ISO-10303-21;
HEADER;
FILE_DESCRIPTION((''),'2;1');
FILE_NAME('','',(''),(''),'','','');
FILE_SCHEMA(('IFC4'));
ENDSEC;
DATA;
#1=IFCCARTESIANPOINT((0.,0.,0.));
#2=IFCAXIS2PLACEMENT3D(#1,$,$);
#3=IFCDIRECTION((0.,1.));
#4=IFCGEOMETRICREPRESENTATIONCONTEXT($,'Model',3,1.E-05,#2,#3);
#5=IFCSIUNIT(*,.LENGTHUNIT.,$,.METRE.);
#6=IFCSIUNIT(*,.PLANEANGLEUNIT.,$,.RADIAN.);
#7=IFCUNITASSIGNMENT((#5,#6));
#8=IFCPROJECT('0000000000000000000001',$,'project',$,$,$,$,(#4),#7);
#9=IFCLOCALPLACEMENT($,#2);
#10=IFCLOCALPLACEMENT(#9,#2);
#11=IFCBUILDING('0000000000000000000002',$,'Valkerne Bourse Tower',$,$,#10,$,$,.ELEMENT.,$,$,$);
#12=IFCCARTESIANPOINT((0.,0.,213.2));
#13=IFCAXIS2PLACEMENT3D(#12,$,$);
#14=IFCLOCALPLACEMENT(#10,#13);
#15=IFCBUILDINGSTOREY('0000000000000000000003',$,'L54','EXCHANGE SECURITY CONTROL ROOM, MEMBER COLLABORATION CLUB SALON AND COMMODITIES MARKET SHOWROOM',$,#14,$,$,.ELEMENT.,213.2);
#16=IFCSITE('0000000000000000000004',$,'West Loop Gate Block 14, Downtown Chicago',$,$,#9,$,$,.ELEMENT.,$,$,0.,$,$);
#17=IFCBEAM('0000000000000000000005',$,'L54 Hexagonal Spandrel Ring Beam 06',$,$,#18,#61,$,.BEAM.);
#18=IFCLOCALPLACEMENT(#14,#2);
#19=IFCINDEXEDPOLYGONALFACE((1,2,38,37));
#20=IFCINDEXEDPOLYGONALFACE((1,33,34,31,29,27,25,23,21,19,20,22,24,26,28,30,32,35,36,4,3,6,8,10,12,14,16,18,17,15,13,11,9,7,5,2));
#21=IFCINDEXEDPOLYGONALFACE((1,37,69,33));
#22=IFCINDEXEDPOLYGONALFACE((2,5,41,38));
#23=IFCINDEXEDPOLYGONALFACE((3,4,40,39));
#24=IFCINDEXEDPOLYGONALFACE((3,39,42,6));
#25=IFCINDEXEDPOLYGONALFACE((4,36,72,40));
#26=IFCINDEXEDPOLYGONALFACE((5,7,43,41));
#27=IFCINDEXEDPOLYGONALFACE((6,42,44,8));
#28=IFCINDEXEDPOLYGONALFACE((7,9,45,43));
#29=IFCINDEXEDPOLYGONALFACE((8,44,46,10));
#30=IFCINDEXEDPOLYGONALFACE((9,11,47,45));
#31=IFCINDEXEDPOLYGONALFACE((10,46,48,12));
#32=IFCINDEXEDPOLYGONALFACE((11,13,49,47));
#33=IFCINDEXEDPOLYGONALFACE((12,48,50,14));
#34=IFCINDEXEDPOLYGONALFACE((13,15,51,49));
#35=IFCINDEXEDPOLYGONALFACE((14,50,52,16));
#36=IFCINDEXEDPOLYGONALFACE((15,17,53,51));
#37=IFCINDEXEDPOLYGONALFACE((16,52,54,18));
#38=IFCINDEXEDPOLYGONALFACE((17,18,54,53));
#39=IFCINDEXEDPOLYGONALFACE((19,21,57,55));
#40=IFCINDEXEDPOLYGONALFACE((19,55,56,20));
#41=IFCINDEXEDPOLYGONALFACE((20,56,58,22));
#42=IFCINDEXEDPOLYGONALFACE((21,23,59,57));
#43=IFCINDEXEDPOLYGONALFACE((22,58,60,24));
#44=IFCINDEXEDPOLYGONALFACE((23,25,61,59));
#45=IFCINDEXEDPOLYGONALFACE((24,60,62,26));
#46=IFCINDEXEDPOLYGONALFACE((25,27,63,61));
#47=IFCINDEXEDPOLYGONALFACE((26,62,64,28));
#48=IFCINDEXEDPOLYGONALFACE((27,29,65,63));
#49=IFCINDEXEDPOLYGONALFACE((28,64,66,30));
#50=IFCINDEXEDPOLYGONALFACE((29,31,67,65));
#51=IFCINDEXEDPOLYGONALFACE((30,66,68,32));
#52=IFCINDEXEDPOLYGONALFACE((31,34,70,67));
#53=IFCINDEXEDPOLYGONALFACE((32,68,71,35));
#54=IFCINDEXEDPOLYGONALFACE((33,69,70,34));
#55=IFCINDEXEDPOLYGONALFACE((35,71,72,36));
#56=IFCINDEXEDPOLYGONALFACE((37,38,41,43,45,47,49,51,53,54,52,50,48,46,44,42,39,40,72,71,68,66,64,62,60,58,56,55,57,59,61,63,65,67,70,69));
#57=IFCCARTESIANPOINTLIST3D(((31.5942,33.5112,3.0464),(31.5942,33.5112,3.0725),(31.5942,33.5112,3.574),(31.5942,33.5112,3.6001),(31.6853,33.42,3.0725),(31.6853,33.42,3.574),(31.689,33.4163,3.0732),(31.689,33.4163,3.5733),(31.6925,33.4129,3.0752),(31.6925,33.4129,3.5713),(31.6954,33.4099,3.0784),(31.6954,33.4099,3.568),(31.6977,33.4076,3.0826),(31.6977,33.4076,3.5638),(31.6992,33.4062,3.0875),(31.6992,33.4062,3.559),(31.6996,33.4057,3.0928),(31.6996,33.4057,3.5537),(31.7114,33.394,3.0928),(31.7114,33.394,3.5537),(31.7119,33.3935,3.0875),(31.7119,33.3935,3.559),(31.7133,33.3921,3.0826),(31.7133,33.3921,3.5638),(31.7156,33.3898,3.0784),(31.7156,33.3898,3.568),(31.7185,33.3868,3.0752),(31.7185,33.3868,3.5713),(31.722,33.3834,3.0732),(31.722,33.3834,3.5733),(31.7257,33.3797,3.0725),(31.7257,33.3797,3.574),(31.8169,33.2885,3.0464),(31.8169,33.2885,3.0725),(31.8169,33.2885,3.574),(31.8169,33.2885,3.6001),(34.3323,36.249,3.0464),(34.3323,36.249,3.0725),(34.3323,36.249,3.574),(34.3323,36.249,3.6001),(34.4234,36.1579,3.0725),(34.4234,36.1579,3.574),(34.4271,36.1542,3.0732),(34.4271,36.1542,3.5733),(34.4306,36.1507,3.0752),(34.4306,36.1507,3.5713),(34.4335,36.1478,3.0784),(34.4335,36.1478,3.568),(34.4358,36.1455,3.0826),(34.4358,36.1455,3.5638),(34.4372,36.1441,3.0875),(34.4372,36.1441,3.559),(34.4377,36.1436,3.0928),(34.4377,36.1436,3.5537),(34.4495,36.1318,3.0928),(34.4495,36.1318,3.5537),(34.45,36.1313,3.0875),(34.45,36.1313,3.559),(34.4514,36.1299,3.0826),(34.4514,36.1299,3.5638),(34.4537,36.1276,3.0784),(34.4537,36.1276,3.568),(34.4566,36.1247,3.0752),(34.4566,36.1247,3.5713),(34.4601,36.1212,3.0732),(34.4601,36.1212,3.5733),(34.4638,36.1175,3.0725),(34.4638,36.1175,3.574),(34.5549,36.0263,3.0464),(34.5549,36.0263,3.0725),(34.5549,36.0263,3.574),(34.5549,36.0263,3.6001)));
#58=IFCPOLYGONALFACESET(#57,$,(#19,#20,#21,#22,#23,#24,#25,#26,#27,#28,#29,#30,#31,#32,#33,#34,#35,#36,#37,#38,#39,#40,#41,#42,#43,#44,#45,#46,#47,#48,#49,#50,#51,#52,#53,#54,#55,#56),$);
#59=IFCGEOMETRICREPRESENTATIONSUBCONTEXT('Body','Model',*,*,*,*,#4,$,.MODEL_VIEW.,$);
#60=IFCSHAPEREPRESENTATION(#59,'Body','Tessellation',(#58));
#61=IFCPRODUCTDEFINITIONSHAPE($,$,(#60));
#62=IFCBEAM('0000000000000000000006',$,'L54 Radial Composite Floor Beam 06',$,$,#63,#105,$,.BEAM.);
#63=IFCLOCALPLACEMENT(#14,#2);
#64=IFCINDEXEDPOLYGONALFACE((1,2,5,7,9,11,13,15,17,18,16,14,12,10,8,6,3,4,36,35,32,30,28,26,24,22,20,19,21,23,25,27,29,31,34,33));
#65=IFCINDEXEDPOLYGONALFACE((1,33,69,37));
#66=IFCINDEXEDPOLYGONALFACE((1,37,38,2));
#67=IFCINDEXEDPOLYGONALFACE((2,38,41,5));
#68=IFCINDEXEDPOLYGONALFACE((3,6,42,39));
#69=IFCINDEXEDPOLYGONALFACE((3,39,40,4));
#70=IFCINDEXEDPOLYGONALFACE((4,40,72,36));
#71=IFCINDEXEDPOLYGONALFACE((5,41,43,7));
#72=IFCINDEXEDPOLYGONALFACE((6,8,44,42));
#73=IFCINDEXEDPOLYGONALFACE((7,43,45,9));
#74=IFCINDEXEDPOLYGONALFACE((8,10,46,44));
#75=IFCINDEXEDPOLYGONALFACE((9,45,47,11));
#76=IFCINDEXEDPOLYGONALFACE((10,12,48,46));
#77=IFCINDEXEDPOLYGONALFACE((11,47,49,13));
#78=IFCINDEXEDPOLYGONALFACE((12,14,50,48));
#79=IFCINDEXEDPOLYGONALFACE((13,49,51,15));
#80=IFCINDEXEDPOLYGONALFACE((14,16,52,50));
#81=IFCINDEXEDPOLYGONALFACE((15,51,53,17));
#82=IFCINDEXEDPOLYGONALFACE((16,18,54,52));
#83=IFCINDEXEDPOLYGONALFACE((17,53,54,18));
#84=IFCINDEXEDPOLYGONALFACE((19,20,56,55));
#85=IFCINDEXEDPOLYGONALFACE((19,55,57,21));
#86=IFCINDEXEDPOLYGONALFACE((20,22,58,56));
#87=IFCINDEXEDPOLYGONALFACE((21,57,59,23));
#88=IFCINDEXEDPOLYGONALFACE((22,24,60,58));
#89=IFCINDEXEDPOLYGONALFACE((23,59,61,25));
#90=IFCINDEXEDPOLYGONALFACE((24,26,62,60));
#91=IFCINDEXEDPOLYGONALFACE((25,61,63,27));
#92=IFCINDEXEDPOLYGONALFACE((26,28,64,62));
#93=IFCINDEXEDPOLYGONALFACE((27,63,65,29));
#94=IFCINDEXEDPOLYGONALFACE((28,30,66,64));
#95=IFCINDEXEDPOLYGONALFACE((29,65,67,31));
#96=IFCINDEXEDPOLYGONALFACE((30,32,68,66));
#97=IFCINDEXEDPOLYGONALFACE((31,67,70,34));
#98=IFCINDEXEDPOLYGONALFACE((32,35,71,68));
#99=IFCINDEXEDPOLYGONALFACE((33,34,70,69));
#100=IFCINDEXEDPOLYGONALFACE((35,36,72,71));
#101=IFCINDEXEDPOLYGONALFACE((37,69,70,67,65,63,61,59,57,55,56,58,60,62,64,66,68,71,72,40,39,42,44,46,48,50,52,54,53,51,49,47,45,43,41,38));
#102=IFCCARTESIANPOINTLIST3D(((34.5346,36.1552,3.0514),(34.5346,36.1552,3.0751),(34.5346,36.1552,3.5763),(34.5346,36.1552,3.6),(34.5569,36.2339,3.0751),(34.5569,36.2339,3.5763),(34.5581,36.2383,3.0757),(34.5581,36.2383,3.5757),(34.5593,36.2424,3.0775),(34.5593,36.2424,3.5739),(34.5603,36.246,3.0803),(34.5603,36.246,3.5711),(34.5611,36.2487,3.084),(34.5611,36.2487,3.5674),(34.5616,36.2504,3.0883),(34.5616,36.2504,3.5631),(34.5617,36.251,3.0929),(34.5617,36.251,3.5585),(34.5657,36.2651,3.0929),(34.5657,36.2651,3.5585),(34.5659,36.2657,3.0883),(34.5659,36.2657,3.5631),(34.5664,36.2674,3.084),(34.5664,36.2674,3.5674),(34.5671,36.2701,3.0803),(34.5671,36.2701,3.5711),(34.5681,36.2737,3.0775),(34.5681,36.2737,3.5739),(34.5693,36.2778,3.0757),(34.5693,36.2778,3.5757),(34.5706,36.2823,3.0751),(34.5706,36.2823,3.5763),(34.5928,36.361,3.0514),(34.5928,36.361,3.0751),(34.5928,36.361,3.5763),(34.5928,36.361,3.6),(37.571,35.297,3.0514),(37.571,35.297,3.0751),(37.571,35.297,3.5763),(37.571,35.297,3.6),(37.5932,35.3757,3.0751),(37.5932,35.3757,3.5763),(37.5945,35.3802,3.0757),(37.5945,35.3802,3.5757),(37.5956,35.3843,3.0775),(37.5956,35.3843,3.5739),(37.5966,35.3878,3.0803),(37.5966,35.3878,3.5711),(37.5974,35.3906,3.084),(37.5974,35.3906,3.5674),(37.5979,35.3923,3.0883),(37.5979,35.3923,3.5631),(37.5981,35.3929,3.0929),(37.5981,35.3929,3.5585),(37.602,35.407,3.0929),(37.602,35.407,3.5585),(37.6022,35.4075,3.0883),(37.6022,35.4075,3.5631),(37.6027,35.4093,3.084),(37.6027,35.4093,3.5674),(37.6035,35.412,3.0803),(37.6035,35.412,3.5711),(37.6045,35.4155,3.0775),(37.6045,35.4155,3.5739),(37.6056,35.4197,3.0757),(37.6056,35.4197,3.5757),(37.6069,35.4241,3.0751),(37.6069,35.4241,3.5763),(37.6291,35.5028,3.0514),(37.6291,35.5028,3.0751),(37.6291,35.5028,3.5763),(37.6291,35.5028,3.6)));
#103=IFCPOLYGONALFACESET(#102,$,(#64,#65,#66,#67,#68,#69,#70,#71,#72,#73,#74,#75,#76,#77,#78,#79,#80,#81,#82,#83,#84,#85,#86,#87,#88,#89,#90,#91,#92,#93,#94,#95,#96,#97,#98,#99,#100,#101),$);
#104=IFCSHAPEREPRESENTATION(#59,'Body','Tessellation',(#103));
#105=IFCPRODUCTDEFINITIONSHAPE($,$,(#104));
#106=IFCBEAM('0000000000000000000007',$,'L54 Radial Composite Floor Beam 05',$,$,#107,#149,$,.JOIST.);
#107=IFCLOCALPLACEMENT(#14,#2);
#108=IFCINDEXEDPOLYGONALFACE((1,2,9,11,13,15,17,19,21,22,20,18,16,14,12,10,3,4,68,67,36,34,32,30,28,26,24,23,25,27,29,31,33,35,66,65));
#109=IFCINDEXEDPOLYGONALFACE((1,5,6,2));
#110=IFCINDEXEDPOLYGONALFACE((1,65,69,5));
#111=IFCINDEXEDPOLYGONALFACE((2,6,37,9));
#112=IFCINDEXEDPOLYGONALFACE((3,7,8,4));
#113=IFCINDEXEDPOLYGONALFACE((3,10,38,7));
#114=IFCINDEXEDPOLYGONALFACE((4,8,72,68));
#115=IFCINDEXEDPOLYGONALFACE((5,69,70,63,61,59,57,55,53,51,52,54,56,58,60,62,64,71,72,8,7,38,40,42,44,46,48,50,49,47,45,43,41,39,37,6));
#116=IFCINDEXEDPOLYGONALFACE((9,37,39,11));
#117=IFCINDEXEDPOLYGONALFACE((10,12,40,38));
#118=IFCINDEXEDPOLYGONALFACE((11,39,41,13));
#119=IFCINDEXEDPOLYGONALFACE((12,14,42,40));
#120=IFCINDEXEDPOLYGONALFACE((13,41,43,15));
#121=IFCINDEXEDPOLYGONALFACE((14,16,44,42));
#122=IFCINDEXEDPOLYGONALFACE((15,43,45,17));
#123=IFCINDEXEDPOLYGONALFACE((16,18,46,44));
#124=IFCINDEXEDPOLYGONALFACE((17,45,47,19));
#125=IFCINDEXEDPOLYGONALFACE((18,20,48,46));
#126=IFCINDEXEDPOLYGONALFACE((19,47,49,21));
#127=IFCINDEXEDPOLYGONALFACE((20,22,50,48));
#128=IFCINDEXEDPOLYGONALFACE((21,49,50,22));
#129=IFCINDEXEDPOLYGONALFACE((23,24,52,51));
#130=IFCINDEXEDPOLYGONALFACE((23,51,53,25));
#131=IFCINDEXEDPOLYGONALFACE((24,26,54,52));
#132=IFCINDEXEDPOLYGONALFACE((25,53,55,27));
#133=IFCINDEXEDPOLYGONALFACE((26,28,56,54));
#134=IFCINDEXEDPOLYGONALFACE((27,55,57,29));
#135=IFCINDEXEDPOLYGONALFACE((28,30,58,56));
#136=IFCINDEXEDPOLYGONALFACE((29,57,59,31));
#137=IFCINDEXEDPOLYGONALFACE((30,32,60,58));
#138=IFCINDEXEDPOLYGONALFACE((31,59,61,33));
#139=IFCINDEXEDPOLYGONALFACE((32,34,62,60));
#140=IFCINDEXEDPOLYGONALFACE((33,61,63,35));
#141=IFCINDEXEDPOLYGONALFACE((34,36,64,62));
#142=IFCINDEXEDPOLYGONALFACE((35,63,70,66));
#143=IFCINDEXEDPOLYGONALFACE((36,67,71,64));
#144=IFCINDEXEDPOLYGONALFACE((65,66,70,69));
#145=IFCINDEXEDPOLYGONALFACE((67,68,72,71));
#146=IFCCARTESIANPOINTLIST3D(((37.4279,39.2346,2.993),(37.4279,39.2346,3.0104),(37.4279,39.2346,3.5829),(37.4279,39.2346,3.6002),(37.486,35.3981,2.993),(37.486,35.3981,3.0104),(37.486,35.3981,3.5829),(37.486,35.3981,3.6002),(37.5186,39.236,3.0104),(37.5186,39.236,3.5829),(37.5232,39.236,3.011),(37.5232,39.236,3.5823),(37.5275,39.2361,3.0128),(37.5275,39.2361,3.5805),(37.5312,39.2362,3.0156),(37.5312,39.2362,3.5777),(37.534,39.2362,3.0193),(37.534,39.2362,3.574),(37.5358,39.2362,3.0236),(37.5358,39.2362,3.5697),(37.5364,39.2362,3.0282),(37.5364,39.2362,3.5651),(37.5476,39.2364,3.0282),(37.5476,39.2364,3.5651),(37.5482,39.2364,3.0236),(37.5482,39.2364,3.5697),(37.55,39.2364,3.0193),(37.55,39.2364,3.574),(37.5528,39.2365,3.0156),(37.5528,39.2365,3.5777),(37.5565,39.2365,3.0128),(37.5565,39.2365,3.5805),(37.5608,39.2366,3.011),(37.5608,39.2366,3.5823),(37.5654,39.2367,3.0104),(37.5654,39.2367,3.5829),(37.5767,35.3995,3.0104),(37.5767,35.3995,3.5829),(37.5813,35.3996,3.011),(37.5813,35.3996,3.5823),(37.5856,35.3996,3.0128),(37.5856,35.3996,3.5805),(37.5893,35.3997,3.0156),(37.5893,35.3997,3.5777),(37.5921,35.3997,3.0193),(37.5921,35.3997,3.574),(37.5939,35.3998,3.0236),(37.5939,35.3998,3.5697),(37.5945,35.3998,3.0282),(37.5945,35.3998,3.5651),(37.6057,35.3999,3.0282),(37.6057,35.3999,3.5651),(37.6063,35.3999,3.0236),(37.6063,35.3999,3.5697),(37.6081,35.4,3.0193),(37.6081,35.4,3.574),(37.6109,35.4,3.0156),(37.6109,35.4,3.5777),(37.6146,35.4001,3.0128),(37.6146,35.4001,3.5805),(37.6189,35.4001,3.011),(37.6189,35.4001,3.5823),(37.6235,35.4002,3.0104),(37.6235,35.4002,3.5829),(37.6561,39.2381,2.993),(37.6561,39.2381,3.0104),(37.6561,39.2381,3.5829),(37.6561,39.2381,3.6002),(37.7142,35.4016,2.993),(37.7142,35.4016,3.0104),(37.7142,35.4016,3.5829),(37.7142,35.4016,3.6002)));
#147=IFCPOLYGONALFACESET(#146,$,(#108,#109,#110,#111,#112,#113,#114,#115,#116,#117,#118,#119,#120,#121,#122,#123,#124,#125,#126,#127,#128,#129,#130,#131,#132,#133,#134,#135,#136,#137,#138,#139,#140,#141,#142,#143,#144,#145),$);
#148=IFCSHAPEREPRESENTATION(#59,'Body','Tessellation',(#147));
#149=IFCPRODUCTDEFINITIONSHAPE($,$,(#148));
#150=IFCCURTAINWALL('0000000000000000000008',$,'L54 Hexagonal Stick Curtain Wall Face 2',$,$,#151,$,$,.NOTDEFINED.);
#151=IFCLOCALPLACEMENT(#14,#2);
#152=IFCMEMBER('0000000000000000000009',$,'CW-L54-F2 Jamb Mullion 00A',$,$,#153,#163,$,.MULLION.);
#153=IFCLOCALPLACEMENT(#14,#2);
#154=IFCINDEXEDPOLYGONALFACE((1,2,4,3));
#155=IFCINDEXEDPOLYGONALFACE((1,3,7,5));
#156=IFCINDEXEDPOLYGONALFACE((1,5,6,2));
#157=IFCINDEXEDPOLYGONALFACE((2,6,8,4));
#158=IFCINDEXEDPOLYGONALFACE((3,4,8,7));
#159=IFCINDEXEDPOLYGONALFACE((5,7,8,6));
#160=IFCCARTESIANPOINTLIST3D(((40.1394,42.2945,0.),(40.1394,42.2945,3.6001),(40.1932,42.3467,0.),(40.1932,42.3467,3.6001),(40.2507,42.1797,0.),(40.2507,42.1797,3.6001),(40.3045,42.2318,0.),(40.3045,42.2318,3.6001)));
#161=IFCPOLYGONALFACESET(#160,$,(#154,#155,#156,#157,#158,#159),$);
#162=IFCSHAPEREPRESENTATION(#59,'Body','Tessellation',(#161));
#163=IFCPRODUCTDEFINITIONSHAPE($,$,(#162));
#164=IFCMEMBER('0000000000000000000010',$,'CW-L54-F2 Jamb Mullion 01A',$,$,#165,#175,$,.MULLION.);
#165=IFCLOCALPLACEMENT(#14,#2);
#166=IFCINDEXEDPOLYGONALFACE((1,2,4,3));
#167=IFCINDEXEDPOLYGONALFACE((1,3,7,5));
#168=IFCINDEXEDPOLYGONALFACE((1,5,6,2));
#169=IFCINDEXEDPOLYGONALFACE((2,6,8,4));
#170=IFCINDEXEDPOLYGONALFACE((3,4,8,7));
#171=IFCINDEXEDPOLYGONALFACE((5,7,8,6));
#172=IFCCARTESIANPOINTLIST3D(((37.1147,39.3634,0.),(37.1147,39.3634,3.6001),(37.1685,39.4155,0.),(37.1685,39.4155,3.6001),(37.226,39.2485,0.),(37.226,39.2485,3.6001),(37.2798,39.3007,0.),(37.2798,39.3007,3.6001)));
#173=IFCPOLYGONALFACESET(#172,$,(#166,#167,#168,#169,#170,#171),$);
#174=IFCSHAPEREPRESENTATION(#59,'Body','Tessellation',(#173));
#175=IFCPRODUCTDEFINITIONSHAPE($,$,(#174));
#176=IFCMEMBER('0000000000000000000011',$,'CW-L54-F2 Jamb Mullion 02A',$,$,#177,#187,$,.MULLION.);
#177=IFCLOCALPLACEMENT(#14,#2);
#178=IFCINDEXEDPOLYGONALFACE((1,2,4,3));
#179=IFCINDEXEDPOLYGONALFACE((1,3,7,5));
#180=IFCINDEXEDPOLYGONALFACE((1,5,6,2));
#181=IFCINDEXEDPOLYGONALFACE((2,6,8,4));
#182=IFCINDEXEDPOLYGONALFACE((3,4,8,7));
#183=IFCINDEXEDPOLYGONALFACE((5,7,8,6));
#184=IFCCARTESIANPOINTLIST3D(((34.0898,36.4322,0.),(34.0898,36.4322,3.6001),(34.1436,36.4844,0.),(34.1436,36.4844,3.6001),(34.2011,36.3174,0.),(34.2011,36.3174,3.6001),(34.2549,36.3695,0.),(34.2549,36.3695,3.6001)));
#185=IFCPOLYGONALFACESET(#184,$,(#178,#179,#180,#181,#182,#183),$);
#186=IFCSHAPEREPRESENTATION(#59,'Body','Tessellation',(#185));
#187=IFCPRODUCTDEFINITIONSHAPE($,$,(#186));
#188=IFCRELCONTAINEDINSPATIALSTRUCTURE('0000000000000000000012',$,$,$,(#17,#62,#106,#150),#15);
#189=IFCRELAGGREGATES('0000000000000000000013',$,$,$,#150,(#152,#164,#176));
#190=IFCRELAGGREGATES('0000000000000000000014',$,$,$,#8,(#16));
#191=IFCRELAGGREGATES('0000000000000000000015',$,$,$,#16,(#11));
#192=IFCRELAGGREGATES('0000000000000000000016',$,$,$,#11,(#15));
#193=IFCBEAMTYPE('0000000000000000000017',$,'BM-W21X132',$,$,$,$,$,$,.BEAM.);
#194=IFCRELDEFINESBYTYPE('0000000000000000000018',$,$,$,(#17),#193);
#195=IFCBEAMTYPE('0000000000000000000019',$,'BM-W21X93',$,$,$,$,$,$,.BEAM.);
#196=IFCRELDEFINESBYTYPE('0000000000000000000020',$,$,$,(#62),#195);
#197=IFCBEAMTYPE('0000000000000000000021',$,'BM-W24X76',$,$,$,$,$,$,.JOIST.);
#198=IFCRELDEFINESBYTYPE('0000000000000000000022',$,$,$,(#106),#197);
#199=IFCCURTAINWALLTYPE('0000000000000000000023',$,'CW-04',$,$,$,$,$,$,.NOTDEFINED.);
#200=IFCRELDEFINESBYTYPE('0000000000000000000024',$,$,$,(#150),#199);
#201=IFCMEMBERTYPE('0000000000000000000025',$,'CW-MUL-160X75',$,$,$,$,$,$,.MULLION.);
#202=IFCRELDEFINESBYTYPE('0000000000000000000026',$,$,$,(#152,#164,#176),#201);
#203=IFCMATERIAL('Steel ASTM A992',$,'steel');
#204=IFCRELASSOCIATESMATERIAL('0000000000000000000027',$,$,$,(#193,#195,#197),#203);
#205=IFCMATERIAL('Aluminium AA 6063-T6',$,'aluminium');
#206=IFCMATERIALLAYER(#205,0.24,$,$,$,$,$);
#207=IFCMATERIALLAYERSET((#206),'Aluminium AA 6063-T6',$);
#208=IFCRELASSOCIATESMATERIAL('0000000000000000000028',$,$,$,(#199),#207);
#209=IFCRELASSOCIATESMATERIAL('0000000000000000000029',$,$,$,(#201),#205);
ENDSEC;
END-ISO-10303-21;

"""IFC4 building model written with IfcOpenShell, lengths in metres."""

from ifc_helpers import new_model, si_unit, direction, frame, origin, origin_2d, place, context, subcontext, project, spatial, rectangle, i_section, extrude, material, layer, layer_set, material_profile, profile_set, type_object, element, aggregate, save


model = new_model("IFC4")

# Units and contexts
model_context = context("Model", 3, precision=1e-05, world=origin(), true_north=direction((0.0, 1.0)))
body_context = subcontext(model_context, "Body", "Model", "MODEL_VIEW")
ifc_project = project(units=[si_unit("LENGTHUNIT", "METRE"), si_unit("PLANEANGLEUNIT", "RADIAN")], contexts=[model_context])

# Site, building, storey
site_placement = place(None, origin())
site = spatial("IfcSite", under=ifc_project, at=site_placement, Name="West Loop Gate Block 14, Downtown Chicago", CompositionType="ELEMENT", RefElevation=0.0)
building_placement = place(site_placement, origin())
building = spatial("IfcBuilding", under=site, at=building_placement, Name="Valkerne Bourse Tower", CompositionType="ELEMENT")
storey_placement = place(building_placement, frame((0.0, 0.0, 213.2)))
storey = spatial("IfcBuildingStorey", under=building, at=storey_placement, Name="L54", Description="EXCHANGE SECURITY CONTROL ROOM, MEMBER COLLABORATION CLUB SALON AND COMMODITIES MARKET SHOWROOM", CompositionType="ELEMENT", Elevation=213.2)

# Beams
ifc_material_1 = material(Name="Steel ASTM A992", Category="steel")
ifc_material_profile_1 = material_profile(ifc_material_1, i_section(OverallWidth=0.3149, OverallDepth=0.5537, WebThickness=0.0166, FlangeThickness=0.0261, FilletRadius=0.0203, at=origin_2d()), Name="W21X132")
ifc_profile_set_1 = profile_set([ifc_material_profile_1], Name="Steel ASTM A992")
beam_type_1 = type_object("IfcBeamType", Name="BM-W21X132", PredefinedType="BEAM", material=ifc_profile_set_1)
for number, where, z_axis, x_axis, name in (
    (1, (34.4436, 36.1377, 3.3232), (-0.707138, -0.707075, 0.0), (0.707075, -0.707138, 0.0), "L54 Hexagonal Spandrel Ring Beam 06"),
):
    element("IfcBeam", number, at=place(storey_placement, frame(where, z_axis=z_axis, x_axis=x_axis)), inside=storey, type_object=beam_type_1, Name=name, PredefinedType="BEAM", context=body_context, shape_type="SweptSolid", body=[
        extrude(i_section(OverallWidth=0.3149, OverallDepth=0.5537, WebThickness=0.0166, FlangeThickness=0.0261, FilletRadius=0.0203, at=origin_2d()), origin(), (0.0, 0.0, 1.0), 3.8721),
    ])
ifc_material_profile_2 = material_profile(ifc_material_1, i_section(OverallWidth=0.2139, OverallDepth=0.5486, WebThickness=0.0146, FlangeThickness=0.0237, FilletRadius=0.0178, at=origin_2d()), Name="W21X93")
ifc_profile_set_2 = profile_set([ifc_material_profile_2], Name="Steel ASTM A992")
beam_type_2 = type_object("IfcBeamType", Name="BM-W21X93", PredefinedType="BEAM", material=ifc_profile_set_2)
beam_1_placement = place(storey_placement, frame((34.5637, 36.2581, 3.3257), z_axis=(0.962305, -0.271971, 0.0), x_axis=(0.271971, 0.962305, 0.0)))
element("IfcBeam", 2, at=beam_1_placement, inside=storey, type_object=beam_type_2, Name="L54 Radial Composite Floor Beam 06", PredefinedType="BEAM", context=body_context, shape_type="SweptSolid", body=[
    extrude(i_section(OverallWidth=0.2139, OverallDepth=0.5486, WebThickness=0.0146, FlangeThickness=0.0237, FilletRadius=0.0178, at=origin_2d()), origin(), (0.0, 0.0, 1.0), 3.1553),
])
ifc_material_profile_3 = material_profile(ifc_material_1, i_section(OverallWidth=0.2283, OverallDepth=0.6072, WebThickness=0.0112, FlangeThickness=0.0173, FilletRadius=0.0178, at=origin_2d()), Name="W24X76")
ifc_profile_set_3 = profile_set([ifc_material_profile_3], Name="Steel ASTM A992")
beam_type_3 = type_object("IfcBeamType", Name="BM-W24X76", PredefinedType="JOIST", material=ifc_profile_set_3)
beam_2_placement = place(storey_placement, frame((37.542, 39.2363, 3.2966), z_axis=(0.015144, -0.999885, 0.0), x_axis=(0.999885, 0.015144, 0.0)))
element("IfcBeam", 3, at=beam_2_placement, inside=storey, type_object=beam_type_3, Name="L54 Radial Composite Floor Beam 05", PredefinedType="JOIST", context=body_context, shape_type="SweptSolid", body=[
    extrude(i_section(OverallWidth=0.2283, OverallDepth=0.6072, WebThickness=0.0112, FlangeThickness=0.0173, FilletRadius=0.0178, at=origin_2d()), origin(), (0.0, 0.0, 1.0), 3.8369),
])

# Curtain wall, members
ifc_material_2 = material(Name="Aluminium AA 6063-T6", Category="aluminium")
ifc_layer_1 = layer(ifc_material_2, 0.24)
ifc_layer_set_1 = layer_set([ifc_layer_1], Name="Aluminium AA 6063-T6")
curtain_wall_type = type_object("IfcCurtainWallType", Name="CW-04", PredefinedType="NOTDEFINED", material=ifc_layer_set_1)
curtain_wall_placement = place(storey_placement, origin())
curtain_wall = element("IfcCurtainWall", 4, at=curtain_wall_placement, inside=storey, type_object=curtain_wall_type, Name="L54 Hexagonal Stick Curtain Wall Face 2", PredefinedType="NOTDEFINED")
ifc_material_profile_4 = material_profile(ifc_material_2, rectangle(XDim=0.075, YDim=0.1599, at=origin_2d()), Name="CWM-75X160")
ifc_profile_set_4 = profile_set([ifc_material_profile_4], Name="Aluminium AA 6063-T6")
member_type_1 = type_object("IfcMemberType", Name="CW-MUL-160X75", PredefinedType="MULLION", material=ifc_profile_set_4)
member_1_placement = place(storey_placement, frame((40.2219, 42.2632, 0.0), z_axis=(0.0, 0.0, 1.0), x_axis=(-0.718119, -0.69592, 0.0)))
member_1 = element("IfcMember", 5, at=member_1_placement, type_object=member_type_1, Name="CW-L54-F2 Jamb Mullion 00A", PredefinedType="MULLION", context=body_context, shape_type="SweptSolid", body=[
    extrude(rectangle(XDim=0.075, YDim=0.1599, at=origin_2d()), origin(), (0.0, 0.0, 1.0), 3.6001),
])
member_2_placement = place(storey_placement, frame((37.1973, 39.332, 0.0), z_axis=(0.0, 0.0, 1.0), x_axis=(-0.71813, -0.695908, 0.0)))
member_2 = element("IfcMember", 6, at=member_2_placement, type_object=member_type_1, Name="CW-L54-F2 Jamb Mullion 01A", PredefinedType="MULLION", context=body_context, shape_type="SweptSolid", body=[
    extrude(rectangle(XDim=0.075, YDim=0.1599, at=origin_2d()), origin(), (0.0, 0.0, 1.0), 3.6001),
])
member_3_placement = place(storey_placement, frame((34.1724, 36.4009, 0.0), z_axis=(0.0, 0.0, 1.0), x_axis=(-0.718119, -0.69592, 0.0)))
member_3 = element("IfcMember", 7, at=member_3_placement, type_object=member_type_1, Name="CW-L54-F2 Jamb Mullion 02A", PredefinedType="MULLION", context=body_context, shape_type="SweptSolid", body=[
    extrude(rectangle(XDim=0.075, YDim=0.1599, at=origin_2d()), origin(), (0.0, 0.0, 1.0), 3.6001),
])

aggregate(curtain_wall, [member_1, member_2, member_3])

save(model, "model.ifc")
